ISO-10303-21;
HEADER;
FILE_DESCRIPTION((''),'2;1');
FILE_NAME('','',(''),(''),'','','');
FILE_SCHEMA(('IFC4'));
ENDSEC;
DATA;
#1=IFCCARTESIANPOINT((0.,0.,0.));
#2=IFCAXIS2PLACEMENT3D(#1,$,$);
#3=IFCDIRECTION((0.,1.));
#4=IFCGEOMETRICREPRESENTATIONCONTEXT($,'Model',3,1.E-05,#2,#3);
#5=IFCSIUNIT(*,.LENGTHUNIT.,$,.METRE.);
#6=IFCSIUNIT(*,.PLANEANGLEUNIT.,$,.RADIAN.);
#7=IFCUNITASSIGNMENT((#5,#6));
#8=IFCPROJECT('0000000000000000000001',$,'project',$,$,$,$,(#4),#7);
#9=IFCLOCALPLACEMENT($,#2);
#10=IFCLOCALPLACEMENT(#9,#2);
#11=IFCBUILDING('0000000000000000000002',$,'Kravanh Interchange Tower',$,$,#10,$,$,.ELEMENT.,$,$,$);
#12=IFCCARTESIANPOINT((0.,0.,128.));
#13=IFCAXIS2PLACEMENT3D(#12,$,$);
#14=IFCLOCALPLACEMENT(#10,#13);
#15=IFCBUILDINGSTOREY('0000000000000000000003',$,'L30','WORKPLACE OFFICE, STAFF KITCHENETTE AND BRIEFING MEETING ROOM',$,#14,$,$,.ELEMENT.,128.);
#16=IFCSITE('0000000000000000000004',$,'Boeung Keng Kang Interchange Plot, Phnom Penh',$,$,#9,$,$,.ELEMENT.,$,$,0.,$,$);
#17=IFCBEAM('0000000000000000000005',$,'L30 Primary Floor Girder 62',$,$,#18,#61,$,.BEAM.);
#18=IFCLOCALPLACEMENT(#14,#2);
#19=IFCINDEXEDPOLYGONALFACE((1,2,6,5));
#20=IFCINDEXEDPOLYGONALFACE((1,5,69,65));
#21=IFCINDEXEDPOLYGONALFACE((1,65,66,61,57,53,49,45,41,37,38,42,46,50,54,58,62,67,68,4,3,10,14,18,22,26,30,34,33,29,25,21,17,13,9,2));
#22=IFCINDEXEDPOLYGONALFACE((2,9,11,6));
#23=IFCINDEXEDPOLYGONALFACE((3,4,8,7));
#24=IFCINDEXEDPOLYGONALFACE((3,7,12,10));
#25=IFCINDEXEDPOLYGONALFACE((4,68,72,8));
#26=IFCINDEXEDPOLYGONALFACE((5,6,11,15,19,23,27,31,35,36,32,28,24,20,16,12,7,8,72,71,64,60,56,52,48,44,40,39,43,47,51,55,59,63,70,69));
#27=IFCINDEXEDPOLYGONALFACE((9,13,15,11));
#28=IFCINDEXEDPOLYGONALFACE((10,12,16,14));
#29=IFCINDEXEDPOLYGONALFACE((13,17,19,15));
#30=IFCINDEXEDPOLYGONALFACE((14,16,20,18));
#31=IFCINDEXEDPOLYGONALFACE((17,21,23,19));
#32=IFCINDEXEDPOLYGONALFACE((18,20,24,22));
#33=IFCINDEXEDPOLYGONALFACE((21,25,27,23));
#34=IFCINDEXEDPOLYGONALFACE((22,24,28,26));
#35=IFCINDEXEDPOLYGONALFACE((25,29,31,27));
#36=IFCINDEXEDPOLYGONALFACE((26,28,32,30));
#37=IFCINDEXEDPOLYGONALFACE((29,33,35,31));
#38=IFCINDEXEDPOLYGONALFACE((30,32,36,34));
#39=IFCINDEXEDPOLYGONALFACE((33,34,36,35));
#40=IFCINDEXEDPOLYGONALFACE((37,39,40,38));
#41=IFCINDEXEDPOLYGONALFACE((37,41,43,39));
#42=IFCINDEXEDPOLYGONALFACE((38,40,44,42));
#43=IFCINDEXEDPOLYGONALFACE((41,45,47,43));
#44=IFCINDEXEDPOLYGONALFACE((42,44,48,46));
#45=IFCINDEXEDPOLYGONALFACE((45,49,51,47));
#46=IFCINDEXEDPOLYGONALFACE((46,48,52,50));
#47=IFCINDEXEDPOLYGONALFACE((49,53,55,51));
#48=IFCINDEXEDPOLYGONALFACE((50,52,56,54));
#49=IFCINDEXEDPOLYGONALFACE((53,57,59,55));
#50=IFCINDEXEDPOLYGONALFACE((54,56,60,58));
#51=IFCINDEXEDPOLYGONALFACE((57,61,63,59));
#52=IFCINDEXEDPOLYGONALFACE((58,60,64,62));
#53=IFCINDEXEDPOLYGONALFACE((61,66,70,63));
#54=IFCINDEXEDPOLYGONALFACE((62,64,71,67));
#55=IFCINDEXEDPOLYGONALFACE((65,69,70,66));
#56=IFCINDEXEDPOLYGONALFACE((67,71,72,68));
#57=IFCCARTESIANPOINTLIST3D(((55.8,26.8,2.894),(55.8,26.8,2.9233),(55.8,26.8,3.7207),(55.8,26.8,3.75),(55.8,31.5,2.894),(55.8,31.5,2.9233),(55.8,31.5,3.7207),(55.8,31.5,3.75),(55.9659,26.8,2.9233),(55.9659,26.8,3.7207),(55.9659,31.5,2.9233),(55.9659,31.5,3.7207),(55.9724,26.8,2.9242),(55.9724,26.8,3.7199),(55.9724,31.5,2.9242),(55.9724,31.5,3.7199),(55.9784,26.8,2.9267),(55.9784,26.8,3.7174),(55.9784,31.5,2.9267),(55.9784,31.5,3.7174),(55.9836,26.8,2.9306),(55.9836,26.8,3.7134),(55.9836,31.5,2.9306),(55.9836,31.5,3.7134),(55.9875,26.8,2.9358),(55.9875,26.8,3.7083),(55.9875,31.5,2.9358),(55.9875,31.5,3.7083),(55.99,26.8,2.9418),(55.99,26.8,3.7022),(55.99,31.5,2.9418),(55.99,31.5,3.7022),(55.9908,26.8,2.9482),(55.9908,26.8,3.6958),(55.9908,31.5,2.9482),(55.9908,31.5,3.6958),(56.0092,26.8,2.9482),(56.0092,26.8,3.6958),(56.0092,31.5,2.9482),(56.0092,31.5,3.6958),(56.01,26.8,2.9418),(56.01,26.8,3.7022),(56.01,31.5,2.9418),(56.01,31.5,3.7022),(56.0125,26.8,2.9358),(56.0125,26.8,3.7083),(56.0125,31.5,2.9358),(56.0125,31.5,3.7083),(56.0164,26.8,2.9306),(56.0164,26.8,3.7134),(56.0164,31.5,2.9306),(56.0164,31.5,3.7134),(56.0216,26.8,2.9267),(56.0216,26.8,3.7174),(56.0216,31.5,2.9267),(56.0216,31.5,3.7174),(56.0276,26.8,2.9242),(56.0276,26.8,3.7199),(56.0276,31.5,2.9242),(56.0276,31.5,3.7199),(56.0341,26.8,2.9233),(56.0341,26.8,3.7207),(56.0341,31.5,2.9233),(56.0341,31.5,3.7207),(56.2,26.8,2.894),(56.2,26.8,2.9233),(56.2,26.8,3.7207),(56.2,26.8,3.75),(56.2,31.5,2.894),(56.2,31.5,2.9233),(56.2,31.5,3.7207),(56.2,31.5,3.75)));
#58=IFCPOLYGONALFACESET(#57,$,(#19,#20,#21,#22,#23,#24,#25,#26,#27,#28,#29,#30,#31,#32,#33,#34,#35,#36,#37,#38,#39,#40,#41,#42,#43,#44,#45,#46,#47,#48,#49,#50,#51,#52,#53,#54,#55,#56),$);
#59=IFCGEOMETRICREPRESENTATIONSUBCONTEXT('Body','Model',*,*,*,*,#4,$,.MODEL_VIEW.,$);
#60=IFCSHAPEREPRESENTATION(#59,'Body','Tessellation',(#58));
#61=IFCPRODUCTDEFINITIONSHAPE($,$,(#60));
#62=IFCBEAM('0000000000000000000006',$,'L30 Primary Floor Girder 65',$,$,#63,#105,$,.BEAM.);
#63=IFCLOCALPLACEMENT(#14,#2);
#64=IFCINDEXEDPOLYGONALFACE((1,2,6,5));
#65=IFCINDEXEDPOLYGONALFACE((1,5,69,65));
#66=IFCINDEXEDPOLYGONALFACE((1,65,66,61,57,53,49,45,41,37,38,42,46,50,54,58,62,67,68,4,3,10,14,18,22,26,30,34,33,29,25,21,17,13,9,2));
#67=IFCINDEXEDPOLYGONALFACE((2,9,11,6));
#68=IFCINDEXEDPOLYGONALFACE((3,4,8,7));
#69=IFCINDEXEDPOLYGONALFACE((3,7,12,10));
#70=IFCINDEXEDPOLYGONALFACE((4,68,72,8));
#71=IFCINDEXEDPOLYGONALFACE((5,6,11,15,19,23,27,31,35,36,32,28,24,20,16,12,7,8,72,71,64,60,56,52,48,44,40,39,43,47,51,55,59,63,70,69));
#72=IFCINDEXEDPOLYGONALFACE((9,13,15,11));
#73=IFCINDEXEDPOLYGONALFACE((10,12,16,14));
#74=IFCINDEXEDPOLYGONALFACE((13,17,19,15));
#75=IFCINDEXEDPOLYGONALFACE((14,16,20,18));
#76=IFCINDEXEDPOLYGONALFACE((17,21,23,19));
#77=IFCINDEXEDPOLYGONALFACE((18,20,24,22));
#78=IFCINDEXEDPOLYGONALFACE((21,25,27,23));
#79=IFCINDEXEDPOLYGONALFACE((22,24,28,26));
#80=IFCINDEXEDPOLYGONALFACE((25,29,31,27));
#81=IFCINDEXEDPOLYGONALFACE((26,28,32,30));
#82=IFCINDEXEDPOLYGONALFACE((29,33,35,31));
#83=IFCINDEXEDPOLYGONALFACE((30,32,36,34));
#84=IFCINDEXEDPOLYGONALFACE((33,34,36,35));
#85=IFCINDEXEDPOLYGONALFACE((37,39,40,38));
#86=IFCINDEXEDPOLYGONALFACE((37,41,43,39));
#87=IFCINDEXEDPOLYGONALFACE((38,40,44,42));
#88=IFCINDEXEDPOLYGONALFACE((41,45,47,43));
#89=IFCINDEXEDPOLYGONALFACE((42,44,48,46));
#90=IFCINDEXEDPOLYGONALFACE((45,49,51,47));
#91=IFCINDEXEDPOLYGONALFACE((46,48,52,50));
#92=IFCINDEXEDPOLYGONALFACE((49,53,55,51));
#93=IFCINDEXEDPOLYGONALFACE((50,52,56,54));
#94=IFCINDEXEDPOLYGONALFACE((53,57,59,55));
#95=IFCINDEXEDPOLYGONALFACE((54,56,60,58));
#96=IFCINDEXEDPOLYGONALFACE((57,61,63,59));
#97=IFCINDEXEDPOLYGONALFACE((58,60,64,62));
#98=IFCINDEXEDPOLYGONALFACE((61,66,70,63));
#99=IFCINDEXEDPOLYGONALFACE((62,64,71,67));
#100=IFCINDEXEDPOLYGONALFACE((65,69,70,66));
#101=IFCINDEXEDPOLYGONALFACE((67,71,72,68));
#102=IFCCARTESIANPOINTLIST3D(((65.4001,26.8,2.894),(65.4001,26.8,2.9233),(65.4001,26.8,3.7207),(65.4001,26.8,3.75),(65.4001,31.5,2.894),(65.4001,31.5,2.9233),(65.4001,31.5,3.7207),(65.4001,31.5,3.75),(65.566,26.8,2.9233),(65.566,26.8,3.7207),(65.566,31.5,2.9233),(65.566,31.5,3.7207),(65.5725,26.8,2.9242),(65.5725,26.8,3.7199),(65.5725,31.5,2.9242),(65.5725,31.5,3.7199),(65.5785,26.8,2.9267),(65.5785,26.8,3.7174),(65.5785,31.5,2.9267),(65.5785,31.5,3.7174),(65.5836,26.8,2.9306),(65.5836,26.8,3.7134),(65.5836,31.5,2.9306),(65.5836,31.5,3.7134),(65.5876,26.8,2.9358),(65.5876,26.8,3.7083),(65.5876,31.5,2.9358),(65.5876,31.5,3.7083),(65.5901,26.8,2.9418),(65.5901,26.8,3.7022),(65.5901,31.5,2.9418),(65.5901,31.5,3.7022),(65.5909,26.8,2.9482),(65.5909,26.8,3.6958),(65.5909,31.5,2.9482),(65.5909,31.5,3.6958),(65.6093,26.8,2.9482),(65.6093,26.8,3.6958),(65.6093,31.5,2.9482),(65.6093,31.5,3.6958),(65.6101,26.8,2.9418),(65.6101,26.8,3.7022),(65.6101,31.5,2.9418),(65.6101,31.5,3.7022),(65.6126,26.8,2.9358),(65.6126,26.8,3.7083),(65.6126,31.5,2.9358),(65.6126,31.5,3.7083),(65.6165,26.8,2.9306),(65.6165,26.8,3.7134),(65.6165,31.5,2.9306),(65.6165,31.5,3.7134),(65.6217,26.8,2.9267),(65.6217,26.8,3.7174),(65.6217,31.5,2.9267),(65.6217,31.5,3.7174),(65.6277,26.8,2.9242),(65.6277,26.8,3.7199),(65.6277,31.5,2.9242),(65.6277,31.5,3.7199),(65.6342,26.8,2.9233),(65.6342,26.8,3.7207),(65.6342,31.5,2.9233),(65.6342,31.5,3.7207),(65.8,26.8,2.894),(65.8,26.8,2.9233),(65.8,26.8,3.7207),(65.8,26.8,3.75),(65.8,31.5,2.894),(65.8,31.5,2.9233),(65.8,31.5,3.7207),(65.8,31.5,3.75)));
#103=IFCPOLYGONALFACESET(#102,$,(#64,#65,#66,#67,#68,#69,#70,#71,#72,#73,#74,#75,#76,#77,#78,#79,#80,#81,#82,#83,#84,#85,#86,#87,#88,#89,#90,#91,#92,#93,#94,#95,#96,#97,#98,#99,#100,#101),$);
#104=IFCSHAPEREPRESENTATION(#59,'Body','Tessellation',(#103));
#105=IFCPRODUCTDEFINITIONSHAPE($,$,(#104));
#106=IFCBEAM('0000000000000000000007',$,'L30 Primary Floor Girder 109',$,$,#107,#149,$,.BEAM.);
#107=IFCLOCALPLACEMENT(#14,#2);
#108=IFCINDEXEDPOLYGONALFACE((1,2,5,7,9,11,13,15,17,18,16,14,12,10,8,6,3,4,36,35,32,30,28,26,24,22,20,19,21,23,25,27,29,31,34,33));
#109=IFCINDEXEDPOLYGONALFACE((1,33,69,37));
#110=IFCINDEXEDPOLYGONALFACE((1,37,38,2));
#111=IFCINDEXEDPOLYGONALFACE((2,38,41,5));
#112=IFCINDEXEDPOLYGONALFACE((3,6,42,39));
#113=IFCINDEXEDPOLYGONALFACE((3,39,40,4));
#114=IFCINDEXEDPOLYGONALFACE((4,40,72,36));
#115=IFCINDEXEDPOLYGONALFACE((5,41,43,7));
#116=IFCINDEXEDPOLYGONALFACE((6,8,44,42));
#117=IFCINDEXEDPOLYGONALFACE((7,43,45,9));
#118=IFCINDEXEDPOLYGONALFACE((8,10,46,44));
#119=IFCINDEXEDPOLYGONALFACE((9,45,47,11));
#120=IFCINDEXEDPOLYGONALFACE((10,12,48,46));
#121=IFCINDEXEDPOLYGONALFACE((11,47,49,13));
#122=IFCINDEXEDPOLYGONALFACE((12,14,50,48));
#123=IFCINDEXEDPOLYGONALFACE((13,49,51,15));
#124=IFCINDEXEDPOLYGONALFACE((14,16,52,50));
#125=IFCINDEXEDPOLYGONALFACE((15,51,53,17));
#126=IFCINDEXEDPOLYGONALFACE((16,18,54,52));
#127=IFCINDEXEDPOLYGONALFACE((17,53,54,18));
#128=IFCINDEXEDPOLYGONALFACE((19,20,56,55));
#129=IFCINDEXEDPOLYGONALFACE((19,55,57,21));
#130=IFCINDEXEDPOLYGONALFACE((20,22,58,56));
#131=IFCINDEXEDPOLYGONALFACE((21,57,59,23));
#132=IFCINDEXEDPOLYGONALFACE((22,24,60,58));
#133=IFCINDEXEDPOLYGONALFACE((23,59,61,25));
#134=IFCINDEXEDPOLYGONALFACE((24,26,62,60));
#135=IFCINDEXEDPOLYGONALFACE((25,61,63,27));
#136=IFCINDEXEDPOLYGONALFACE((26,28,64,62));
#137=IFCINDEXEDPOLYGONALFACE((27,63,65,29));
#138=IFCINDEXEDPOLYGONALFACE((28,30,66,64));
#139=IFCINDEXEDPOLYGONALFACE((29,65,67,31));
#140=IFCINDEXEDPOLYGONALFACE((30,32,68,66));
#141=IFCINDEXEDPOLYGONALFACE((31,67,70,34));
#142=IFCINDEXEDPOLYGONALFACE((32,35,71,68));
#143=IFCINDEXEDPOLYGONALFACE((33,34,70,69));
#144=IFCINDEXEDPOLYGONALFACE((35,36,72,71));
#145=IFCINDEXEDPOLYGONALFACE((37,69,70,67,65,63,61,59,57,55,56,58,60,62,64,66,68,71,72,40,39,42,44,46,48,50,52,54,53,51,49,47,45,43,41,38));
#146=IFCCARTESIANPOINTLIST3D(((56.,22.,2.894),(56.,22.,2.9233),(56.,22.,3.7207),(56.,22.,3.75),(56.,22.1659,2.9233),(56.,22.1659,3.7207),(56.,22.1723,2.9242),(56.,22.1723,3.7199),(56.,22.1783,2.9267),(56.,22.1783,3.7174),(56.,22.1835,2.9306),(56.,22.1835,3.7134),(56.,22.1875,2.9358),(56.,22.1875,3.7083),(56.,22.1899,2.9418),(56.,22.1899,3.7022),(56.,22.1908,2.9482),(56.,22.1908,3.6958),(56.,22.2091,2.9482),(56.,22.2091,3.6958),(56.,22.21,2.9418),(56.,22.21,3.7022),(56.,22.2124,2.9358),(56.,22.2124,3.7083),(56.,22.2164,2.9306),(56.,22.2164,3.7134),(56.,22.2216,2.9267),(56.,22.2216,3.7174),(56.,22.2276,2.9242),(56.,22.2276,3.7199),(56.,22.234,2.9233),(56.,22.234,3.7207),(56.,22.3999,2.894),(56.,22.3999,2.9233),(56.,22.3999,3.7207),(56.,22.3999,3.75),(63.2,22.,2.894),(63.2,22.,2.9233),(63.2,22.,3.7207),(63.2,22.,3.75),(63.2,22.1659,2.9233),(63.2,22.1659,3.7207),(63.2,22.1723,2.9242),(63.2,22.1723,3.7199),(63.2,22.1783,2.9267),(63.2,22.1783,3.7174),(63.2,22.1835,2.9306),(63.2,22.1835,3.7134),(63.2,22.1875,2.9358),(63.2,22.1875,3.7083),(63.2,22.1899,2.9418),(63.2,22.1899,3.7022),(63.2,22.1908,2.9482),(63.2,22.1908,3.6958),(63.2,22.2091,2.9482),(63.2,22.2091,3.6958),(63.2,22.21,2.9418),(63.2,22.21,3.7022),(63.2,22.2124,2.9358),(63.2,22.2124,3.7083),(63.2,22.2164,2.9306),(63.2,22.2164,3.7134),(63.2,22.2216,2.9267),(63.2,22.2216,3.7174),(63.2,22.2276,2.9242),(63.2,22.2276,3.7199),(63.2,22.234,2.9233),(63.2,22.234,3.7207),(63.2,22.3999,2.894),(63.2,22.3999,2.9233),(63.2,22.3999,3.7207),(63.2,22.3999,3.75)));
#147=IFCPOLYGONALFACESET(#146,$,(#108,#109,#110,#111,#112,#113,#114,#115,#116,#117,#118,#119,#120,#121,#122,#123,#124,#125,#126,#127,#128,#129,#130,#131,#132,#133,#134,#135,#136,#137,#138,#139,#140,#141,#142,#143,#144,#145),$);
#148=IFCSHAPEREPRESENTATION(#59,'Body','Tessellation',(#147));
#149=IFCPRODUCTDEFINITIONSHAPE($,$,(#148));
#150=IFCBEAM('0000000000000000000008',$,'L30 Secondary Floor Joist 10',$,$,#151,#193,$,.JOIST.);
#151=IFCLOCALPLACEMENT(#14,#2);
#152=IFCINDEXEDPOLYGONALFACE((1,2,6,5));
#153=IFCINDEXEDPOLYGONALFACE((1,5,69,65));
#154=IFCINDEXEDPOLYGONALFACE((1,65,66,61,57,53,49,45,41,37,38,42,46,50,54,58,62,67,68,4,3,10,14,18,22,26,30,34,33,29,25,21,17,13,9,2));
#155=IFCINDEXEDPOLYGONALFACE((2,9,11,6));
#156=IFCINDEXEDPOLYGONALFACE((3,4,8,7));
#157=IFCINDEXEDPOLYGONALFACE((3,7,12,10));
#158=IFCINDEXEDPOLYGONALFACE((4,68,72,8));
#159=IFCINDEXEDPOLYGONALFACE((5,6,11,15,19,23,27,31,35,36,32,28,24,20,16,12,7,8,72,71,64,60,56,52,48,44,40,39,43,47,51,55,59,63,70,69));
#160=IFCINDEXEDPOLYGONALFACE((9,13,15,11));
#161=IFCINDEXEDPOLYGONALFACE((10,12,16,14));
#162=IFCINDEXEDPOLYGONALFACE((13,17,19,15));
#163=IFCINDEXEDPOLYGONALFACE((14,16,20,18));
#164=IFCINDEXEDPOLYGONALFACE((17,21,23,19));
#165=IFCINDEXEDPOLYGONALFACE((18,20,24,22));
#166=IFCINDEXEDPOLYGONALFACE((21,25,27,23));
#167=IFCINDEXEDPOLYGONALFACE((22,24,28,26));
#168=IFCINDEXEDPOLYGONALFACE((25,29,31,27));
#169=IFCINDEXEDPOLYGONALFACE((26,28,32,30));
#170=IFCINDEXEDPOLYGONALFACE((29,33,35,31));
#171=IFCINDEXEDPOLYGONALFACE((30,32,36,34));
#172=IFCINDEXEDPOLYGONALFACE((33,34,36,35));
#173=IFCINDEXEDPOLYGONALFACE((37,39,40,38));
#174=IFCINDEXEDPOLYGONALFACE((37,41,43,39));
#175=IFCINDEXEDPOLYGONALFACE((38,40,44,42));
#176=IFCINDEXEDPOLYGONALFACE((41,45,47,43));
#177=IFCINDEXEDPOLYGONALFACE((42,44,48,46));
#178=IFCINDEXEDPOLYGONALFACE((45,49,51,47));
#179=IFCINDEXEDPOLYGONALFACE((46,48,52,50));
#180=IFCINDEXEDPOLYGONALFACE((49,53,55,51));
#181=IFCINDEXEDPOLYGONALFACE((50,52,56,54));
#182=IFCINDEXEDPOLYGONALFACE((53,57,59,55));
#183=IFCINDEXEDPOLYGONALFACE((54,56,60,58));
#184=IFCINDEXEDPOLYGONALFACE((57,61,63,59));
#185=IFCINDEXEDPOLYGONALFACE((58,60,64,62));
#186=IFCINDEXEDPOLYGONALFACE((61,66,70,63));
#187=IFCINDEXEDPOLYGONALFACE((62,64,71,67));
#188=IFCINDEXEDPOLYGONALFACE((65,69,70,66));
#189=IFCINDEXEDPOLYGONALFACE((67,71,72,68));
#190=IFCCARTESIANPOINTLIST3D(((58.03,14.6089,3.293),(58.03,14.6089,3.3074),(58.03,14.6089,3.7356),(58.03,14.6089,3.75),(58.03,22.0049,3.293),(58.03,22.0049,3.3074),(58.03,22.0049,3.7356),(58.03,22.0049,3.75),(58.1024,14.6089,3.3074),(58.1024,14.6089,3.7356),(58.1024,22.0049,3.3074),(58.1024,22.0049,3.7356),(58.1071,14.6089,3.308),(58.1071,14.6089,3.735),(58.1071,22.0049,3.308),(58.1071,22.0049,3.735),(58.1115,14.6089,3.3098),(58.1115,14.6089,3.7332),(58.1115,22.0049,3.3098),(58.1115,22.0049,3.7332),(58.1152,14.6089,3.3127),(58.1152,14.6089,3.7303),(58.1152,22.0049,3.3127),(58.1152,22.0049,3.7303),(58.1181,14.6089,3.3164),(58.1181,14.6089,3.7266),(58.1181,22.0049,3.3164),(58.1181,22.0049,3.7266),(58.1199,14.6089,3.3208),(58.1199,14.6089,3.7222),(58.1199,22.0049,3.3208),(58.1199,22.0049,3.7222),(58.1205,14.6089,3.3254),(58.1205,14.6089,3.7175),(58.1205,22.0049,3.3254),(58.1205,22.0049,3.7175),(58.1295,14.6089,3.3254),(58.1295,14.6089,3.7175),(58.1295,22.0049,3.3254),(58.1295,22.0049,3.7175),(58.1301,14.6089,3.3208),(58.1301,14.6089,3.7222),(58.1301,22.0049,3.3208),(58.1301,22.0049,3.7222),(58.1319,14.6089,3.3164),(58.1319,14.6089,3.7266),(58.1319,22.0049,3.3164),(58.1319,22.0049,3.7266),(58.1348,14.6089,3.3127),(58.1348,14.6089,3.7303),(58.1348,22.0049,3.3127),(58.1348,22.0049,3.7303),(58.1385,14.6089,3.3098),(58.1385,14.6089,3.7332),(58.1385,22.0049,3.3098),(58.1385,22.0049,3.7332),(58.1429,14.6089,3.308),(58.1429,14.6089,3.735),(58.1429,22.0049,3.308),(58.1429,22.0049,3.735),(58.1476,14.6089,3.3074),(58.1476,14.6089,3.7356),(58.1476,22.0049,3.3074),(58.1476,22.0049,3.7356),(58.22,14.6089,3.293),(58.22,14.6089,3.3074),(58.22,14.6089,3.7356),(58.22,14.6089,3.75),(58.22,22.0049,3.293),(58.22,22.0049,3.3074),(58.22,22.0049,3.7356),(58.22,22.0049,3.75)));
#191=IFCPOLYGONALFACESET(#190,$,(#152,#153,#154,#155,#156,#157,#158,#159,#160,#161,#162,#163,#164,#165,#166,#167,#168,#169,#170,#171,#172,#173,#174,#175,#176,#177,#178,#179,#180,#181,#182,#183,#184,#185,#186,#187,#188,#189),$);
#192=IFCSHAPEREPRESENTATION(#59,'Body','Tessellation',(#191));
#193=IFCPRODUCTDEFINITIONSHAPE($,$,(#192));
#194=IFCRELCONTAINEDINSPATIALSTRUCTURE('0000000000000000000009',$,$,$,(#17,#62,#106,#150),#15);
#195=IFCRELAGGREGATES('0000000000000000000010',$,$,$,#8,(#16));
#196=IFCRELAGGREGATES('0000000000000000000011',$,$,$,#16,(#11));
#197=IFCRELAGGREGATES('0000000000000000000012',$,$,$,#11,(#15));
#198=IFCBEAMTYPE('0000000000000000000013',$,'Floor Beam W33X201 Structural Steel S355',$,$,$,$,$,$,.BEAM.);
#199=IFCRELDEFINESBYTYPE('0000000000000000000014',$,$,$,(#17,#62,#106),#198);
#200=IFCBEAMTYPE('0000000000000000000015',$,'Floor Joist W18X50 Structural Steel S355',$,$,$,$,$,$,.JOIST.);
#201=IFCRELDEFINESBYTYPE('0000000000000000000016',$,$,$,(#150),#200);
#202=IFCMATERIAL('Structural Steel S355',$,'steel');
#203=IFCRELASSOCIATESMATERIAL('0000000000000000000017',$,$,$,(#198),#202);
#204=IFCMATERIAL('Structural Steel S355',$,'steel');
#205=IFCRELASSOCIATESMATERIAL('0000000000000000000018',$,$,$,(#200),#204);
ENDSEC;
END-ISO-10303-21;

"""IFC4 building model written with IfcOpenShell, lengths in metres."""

from ifc_helpers import new_model, si_unit, direction, frame, origin, origin_2d, place, context, subcontext, project, spatial, i_section, extrude, material, material_profile, profile_set, type_object, element, save


model = new_model("IFC4")

# Units and contexts
model_context = context("Model", 3, precision=1e-05, world=origin(), true_north=direction((0.0, 1.0)))
body_context = subcontext(model_context, "Body", "Model", "MODEL_VIEW")
ifc_project = project(units=[si_unit("LENGTHUNIT", "METRE"), si_unit("PLANEANGLEUNIT", "RADIAN")], contexts=[model_context])

# Site, building, storey
site_placement = place(None, origin())
site = spatial("IfcSite", under=ifc_project, at=site_placement, Name="Boeung Keng Kang Interchange Plot, Phnom Penh", CompositionType="ELEMENT", RefElevation=0.0)
building_placement = place(site_placement, origin())
building = spatial("IfcBuilding", under=site, at=building_placement, Name="Kravanh Interchange Tower", CompositionType="ELEMENT")
storey_placement = place(building_placement, frame((0.0, 0.0, 128.0)))
storey = spatial("IfcBuildingStorey", under=building, at=storey_placement, Name="L30", Description="WORKPLACE OFFICE, STAFF KITCHENETTE AND BRIEFING MEETING ROOM", CompositionType="ELEMENT", Elevation=128.0)

# Beams
ifc_material_1 = material(Name="Structural Steel S355", Category="steel")
ifc_material_profile_1 = material_profile(ifc_material_1, i_section(OverallWidth=0.3999, OverallDepth=0.856, WebThickness=0.0183, FlangeThickness=0.0293, FilletRadius=0.0249, at=origin_2d()), Name="W33X201")
ifc_profile_set_1 = profile_set([ifc_material_profile_1], Name="Structural Steel S355")
beam_type_1 = type_object("IfcBeamType", Name="Floor Beam W33X201 Structural Steel S355", PredefinedType="BEAM", material=ifc_profile_set_1)
for number, where, z_axis, x_axis, name in (
    (1, (56.0, 26.8, 3.322), (0.0, 1.0, 0.0), (-1.0, 0.0, 0.0), "L30 Primary Floor Girder 62"),
    (2, (65.6001, 26.8, 3.322), (0.0, 1.0, 0.0), (-1.0, 0.0, 0.0), "L30 Primary Floor Girder 65"),
):
    element("IfcBeam", number, at=place(storey_placement, frame(where, z_axis=z_axis, x_axis=x_axis)), inside=storey, type_object=beam_type_1, Name=name, PredefinedType="BEAM", context=body_context, shape_type="SweptSolid", body=[
        extrude(i_section(OverallWidth=0.3999, OverallDepth=0.856, WebThickness=0.0183, FlangeThickness=0.0293, FilletRadius=0.0249, at=origin_2d()), origin(), (0.0, 0.0, 1.0), 4.7),
    ])
beam_1_placement = place(storey_placement, frame((56.0, 22.2, 3.322), z_axis=(1.0, 0.0, 0.0), x_axis=(0.0, 1.0, 0.0)))
element("IfcBeam", 3, at=beam_1_placement, inside=storey, type_object=beam_type_1, Name="L30 Primary Floor Girder 109", PredefinedType="BEAM", context=body_context, shape_type="SweptSolid", body=[
    extrude(i_section(OverallWidth=0.3999, OverallDepth=0.856, WebThickness=0.0183, FlangeThickness=0.0293, FilletRadius=0.0249, at=origin_2d()), origin(), (0.0, 0.0, 1.0), 7.2),
])
ifc_material_2 = material(Name="Structural Steel S355", Category="steel")
ifc_material_profile_2 = material_profile(ifc_material_2, i_section(OverallWidth=0.1899, OverallDepth=0.457, WebThickness=0.009, FlangeThickness=0.0144, FilletRadius=0.0181, at=origin_2d()), Name="W18X50")
ifc_profile_set_2 = profile_set([ifc_material_profile_2], Name="Structural Steel S355")
beam_type_2 = type_object("IfcBeamType", Name="Floor Joist W18X50 Structural Steel S355", PredefinedType="JOIST", material=ifc_profile_set_2)
for number, where, z_axis, x_axis, name in (
    (4, (58.125, 14.6089, 3.5215), (0.0, 1.0, 0.0), (-1.0, 0.0, 0.0), "L30 Secondary Floor Joist 10"),
):
    element("IfcBeam", number, at=place(storey_placement, frame(where, z_axis=z_axis, x_axis=x_axis)), inside=storey, type_object=beam_type_2, Name=name, PredefinedType="JOIST", context=body_context, shape_type="SweptSolid", body=[
        extrude(i_section(OverallWidth=0.1899, OverallDepth=0.457, WebThickness=0.009, FlangeThickness=0.0144, FilletRadius=0.0181, at=origin_2d()), origin(), (0.0, 0.0, 1.0), 7.396),
    ])

save(model, "model.ifc")
